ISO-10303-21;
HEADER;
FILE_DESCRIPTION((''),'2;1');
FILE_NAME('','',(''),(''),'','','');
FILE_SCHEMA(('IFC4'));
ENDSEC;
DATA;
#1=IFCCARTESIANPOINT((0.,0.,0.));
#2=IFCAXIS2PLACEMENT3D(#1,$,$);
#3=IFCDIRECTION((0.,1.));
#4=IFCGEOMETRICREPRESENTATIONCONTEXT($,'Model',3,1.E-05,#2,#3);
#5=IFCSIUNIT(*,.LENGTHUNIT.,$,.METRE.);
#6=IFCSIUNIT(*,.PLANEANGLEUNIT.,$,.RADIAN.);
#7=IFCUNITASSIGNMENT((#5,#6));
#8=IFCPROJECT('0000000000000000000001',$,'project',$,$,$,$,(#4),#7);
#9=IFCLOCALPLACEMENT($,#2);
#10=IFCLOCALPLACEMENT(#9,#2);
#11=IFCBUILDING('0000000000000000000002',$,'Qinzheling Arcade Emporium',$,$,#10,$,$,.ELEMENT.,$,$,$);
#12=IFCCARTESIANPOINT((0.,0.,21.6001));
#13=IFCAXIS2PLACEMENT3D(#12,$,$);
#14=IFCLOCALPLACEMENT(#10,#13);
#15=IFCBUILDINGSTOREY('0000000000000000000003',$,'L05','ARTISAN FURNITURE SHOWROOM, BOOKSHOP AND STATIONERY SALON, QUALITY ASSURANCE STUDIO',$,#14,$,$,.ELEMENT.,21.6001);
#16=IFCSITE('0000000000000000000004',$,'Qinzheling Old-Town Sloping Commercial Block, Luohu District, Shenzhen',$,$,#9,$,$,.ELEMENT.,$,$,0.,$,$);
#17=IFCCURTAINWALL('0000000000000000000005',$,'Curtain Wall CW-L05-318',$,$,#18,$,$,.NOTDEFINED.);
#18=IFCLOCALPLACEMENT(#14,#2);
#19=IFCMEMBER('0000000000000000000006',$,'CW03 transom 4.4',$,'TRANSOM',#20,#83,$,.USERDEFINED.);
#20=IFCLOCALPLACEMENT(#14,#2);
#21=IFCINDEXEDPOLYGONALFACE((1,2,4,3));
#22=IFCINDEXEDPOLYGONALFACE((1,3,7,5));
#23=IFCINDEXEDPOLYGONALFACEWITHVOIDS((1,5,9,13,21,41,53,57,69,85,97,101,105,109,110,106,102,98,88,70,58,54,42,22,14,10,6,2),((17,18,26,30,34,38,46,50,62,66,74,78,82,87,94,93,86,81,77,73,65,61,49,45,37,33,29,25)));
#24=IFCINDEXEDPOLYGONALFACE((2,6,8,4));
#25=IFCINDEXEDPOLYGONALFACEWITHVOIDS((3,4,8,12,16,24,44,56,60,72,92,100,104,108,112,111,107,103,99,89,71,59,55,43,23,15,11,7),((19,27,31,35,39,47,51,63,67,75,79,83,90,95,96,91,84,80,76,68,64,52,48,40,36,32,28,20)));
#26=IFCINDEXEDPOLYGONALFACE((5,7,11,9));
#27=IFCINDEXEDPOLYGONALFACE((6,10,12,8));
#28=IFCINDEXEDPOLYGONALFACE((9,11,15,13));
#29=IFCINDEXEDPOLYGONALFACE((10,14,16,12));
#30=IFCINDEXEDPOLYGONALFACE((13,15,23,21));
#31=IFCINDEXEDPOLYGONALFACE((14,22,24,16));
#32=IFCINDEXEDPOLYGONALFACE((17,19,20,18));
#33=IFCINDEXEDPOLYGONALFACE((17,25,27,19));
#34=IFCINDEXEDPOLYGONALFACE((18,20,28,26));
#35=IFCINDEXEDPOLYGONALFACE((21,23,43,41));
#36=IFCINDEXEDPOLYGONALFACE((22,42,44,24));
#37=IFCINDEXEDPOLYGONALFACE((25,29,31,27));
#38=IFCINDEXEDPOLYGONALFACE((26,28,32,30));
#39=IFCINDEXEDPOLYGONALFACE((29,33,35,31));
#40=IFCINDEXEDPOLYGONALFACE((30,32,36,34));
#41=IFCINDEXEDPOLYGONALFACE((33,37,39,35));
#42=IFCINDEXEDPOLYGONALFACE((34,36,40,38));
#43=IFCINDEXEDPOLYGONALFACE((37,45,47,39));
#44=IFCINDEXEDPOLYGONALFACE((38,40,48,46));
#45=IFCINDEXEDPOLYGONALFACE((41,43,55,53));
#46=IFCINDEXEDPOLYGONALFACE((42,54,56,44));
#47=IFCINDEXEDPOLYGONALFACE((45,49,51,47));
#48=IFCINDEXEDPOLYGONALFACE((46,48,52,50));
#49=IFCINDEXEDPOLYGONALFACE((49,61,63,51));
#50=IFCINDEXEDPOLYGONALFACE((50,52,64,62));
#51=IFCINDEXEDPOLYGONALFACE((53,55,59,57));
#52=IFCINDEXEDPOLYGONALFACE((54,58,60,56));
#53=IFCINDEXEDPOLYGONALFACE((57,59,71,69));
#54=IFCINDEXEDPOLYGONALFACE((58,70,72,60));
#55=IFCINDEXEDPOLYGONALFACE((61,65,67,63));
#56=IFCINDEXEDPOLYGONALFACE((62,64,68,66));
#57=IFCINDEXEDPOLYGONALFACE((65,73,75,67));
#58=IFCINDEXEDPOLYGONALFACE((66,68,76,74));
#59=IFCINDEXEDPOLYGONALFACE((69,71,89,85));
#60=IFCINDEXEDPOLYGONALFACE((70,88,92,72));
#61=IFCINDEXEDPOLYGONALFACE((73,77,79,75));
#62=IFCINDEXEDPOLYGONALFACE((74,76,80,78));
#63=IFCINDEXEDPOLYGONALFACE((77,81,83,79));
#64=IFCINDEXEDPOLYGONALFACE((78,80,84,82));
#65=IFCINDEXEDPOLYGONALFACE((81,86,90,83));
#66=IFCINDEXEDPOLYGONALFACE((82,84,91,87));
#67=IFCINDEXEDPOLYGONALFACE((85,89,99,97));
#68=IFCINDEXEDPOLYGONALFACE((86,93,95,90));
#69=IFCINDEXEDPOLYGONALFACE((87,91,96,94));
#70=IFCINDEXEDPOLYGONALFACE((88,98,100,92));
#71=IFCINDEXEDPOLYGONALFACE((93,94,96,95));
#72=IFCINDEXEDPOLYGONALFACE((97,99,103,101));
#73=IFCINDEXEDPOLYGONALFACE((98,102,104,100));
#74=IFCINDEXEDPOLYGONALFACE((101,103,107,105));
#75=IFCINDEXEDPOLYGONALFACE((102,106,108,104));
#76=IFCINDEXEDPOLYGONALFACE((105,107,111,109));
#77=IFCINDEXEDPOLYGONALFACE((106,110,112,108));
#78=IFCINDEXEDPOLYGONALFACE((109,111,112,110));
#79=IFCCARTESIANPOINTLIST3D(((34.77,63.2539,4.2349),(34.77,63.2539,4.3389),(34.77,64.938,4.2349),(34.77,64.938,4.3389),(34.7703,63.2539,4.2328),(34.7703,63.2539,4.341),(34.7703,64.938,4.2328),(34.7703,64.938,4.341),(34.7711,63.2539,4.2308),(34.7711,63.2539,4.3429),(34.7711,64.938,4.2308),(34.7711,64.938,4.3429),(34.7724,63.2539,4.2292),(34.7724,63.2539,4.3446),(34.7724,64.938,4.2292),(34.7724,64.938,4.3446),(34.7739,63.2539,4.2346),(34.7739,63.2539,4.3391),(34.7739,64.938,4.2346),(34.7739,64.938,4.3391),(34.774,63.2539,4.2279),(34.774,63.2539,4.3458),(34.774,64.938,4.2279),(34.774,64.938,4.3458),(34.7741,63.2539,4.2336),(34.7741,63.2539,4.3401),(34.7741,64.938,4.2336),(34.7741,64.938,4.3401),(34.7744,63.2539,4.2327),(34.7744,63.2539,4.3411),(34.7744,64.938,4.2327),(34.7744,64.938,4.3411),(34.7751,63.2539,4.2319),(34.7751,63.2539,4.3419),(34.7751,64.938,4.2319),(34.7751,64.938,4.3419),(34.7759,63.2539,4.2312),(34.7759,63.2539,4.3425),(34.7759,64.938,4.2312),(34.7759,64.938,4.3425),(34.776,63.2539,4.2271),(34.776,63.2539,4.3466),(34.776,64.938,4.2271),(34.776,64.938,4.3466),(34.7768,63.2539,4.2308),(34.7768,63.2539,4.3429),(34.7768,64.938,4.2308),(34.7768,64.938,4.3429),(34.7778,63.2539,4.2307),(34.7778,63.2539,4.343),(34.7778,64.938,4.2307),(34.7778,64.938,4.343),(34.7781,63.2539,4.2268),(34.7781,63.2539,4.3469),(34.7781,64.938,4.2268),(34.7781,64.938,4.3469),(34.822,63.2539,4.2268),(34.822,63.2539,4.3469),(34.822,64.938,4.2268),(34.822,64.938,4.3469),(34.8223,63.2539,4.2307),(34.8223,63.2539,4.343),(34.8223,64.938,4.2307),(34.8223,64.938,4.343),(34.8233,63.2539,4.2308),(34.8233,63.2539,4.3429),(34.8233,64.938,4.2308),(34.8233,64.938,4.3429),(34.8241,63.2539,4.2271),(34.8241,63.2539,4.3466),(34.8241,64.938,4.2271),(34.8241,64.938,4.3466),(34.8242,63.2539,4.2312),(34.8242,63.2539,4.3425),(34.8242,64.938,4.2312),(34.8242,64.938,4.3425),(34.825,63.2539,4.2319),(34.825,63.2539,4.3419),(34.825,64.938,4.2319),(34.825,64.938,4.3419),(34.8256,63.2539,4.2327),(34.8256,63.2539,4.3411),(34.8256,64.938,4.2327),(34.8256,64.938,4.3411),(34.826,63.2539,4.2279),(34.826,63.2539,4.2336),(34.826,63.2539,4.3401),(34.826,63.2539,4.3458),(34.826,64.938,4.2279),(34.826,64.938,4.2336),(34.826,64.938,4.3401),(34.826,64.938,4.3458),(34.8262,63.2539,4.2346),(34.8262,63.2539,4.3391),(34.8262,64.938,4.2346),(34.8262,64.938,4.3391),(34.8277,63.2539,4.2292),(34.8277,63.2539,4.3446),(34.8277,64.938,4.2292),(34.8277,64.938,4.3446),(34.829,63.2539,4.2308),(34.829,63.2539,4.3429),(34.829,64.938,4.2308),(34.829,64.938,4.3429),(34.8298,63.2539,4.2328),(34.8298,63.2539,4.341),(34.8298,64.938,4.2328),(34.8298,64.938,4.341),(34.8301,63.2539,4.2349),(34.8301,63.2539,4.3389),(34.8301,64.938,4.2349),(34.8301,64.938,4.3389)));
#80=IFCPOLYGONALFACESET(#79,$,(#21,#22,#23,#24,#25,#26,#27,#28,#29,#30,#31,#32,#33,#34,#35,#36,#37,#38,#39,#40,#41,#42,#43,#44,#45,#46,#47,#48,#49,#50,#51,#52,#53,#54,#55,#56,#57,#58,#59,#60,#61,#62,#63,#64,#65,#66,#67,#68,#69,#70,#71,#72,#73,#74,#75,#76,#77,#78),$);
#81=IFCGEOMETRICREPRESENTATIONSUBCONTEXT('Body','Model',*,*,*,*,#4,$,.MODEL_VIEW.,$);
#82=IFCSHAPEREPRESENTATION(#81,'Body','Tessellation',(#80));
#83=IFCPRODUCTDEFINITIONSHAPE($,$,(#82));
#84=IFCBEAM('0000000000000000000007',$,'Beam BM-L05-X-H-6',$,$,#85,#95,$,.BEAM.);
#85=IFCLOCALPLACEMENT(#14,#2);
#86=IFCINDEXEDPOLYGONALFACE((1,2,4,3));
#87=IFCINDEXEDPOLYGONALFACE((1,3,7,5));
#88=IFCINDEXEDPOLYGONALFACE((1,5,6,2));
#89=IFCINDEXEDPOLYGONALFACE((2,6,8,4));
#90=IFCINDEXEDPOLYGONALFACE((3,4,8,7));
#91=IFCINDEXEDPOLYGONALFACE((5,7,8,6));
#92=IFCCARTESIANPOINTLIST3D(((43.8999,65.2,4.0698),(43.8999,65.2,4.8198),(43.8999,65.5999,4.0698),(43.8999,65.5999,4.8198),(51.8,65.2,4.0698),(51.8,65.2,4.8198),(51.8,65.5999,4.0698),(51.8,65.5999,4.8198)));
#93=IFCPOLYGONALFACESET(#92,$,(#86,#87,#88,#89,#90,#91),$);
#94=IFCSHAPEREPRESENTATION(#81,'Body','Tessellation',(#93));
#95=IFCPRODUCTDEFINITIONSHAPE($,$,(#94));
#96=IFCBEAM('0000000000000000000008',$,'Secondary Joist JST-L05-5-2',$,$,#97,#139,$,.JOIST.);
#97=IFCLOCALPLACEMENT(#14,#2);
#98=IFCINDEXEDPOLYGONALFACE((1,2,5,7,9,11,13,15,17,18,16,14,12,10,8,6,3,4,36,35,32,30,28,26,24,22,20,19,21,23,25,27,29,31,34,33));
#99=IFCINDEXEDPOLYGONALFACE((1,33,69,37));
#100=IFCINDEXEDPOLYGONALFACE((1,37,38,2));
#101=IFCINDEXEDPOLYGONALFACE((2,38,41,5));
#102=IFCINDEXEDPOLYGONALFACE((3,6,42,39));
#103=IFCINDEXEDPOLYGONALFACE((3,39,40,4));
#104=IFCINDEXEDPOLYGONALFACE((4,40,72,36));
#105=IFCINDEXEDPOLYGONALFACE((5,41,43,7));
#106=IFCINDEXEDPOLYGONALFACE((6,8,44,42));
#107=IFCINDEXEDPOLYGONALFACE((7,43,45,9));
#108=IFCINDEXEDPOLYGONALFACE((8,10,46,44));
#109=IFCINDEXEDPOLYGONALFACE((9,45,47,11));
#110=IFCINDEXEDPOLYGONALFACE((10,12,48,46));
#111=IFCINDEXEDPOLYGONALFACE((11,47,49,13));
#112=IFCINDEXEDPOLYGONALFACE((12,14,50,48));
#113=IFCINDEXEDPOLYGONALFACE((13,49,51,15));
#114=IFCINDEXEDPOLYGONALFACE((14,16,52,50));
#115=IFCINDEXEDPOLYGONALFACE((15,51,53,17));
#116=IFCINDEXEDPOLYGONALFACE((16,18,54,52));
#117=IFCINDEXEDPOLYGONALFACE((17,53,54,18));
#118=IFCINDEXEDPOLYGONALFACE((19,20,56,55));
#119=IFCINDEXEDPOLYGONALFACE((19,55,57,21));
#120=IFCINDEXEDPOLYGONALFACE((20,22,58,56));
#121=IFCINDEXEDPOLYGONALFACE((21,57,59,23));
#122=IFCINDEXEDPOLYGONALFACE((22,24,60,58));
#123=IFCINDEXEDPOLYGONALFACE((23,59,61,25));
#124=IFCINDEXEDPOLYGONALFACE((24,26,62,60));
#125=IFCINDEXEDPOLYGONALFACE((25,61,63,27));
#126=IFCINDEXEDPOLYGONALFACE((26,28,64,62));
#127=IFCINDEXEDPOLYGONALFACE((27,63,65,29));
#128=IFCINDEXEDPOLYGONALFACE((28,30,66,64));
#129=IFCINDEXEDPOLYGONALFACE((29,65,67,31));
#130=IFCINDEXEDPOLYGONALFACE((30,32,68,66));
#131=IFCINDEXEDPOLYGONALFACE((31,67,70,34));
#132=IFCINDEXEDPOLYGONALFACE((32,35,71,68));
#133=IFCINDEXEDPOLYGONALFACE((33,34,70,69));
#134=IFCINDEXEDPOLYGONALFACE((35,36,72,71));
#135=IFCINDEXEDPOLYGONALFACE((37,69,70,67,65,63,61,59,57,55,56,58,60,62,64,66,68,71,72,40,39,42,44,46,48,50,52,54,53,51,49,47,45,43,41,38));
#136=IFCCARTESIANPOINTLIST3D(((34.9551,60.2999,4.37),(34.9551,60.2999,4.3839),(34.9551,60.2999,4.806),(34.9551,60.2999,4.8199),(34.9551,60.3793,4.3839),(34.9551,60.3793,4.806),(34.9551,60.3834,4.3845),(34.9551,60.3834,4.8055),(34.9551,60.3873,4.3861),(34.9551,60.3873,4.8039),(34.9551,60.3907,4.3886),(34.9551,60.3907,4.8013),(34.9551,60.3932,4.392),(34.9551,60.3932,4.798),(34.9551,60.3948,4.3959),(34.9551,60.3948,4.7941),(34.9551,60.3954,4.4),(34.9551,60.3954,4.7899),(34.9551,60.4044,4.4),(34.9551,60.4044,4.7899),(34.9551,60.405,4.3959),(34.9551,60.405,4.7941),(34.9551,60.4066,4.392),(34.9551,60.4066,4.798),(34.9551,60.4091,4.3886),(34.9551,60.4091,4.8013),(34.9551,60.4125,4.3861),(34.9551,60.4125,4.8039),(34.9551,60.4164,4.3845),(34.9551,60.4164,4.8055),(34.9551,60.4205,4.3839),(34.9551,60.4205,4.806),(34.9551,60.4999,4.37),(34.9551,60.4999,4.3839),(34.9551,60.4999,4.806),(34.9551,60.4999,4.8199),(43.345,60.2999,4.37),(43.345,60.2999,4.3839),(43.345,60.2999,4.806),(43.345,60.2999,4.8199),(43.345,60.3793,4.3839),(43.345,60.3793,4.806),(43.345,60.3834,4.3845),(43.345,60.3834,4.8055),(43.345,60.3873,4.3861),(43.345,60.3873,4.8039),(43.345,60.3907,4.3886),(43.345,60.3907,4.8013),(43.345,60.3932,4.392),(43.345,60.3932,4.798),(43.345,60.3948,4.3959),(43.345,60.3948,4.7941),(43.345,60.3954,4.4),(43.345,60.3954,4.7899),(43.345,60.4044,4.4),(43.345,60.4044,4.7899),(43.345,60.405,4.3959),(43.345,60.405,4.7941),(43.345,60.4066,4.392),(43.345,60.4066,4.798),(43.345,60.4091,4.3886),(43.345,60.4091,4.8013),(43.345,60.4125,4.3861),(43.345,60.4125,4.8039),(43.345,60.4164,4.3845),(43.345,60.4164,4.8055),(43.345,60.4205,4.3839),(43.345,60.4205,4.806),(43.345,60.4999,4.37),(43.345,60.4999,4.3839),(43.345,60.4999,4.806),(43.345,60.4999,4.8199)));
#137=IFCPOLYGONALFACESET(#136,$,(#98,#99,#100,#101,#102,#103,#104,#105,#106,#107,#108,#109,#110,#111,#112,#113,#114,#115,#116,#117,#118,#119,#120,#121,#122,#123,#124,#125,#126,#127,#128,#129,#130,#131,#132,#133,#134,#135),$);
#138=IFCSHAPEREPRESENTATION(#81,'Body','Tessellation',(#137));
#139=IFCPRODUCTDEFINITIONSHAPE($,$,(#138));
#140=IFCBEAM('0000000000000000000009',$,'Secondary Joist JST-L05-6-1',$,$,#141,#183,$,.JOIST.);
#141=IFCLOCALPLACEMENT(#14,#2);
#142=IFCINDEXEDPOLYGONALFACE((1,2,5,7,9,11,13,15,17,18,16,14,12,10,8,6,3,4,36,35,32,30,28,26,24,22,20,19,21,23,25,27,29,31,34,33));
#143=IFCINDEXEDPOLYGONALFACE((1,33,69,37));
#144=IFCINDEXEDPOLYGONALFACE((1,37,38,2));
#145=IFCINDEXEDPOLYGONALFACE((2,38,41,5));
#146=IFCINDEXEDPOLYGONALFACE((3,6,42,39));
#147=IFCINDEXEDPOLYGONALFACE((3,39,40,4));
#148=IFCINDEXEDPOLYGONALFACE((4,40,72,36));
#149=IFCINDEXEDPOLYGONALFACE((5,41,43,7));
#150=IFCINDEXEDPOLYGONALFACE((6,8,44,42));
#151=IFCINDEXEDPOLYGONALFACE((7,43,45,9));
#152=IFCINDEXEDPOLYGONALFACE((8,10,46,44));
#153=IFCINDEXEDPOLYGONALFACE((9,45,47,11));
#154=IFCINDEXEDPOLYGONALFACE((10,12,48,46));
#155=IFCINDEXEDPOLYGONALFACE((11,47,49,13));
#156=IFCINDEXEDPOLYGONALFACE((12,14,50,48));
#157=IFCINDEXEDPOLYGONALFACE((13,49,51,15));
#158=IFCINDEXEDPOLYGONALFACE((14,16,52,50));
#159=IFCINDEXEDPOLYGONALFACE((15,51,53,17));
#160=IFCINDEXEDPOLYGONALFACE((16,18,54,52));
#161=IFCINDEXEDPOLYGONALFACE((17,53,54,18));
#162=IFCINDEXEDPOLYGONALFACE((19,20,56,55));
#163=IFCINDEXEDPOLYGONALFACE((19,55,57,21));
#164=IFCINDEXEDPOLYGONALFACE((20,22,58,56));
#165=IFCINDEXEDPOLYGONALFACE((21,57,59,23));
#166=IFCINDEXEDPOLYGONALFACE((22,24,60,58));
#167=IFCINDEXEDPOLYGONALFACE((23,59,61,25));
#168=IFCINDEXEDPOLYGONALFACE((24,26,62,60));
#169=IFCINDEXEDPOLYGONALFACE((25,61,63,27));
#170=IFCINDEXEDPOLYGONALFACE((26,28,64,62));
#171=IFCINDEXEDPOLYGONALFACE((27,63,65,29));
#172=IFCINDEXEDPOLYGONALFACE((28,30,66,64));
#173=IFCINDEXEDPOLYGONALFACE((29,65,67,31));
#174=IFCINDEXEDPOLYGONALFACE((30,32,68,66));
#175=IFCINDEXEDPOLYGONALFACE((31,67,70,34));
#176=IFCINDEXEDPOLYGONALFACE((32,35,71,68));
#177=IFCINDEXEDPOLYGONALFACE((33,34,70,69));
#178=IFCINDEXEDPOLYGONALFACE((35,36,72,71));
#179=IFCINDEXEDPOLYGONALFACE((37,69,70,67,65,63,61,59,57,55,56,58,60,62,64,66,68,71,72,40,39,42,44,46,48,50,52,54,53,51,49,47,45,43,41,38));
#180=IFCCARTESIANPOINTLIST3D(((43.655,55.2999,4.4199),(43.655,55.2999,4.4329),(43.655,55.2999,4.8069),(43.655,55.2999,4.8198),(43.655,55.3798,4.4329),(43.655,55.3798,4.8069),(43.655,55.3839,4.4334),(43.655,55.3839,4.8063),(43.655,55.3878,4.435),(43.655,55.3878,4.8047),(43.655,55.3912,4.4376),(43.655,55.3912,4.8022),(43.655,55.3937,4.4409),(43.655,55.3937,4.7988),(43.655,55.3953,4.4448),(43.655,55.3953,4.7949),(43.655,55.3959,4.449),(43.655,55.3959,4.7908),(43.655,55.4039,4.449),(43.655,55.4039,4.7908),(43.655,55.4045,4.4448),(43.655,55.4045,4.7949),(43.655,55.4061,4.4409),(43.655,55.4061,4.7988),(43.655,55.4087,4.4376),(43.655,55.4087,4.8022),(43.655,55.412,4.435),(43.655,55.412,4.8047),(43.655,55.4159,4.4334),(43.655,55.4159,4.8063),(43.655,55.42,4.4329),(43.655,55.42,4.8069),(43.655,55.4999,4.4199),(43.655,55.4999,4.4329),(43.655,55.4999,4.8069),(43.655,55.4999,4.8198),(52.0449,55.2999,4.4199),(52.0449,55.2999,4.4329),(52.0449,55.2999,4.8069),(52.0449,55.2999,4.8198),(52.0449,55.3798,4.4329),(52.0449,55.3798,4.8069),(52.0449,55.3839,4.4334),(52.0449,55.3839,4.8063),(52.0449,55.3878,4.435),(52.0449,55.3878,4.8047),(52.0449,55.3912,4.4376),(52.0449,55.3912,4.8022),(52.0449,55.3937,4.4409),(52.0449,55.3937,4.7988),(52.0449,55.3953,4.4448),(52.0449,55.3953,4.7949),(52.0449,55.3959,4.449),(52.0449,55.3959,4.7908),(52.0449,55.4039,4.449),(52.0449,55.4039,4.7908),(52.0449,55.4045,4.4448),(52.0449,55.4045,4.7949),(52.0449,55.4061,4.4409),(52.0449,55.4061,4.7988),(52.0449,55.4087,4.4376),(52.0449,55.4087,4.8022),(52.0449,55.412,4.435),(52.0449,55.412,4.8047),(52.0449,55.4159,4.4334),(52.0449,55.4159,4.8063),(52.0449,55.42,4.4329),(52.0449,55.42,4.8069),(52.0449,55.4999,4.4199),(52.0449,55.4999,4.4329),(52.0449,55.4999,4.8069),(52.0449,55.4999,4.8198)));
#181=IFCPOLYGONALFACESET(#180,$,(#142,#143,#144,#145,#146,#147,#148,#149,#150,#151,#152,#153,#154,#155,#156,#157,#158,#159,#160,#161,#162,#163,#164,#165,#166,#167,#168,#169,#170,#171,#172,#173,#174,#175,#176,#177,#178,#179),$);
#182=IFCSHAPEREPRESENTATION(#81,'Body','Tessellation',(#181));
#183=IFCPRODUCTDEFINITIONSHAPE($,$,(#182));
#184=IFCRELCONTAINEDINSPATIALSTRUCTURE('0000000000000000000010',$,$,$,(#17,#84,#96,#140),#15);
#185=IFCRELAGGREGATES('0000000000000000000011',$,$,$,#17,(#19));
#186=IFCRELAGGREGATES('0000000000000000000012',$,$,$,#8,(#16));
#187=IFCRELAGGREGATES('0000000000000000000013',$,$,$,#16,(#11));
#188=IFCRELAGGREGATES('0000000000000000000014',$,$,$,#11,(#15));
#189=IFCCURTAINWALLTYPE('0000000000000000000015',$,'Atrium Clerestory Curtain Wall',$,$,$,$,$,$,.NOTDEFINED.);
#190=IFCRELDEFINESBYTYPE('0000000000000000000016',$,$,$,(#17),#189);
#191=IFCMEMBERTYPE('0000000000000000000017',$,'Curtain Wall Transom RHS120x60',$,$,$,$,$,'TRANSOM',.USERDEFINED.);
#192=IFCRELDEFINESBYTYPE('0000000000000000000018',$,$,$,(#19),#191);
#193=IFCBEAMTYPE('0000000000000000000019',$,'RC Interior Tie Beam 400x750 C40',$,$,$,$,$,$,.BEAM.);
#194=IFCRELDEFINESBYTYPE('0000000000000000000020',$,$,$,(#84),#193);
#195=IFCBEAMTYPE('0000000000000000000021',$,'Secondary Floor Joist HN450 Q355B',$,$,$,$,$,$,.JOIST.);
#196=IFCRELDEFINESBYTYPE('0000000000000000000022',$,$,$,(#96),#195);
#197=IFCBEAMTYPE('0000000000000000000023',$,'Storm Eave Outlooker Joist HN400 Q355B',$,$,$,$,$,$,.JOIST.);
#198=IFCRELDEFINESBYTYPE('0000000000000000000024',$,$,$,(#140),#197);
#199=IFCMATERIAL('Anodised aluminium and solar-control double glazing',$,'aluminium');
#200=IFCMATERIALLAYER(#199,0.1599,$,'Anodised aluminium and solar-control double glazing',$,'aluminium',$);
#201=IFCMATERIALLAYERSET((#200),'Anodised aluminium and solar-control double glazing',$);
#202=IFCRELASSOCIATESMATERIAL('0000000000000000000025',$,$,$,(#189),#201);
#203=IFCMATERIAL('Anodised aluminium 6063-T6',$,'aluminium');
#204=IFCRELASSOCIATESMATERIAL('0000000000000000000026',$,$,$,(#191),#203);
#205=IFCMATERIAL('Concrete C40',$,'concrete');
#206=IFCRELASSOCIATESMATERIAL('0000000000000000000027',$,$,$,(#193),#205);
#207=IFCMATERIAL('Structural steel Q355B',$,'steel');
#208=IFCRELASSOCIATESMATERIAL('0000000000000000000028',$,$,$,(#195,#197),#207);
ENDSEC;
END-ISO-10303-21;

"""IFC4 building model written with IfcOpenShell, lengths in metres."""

from ifc_helpers import new_model, si_unit, direction, frame, origin, origin_2d, place, context, subcontext, project, spatial, rectangle, hollow_rectangle, i_section, extrude, material, layer, layer_set, material_profile, profile_set, type_object, element, aggregate, save


model = new_model("IFC4")

# Units and contexts
model_context = context("Model", 3, precision=1e-05, world=origin(), true_north=direction((0.0, 1.0)))
body_context = subcontext(model_context, "Body", "Model", "MODEL_VIEW")
ifc_project = project(units=[si_unit("LENGTHUNIT", "METRE"), si_unit("PLANEANGLEUNIT", "RADIAN")], contexts=[model_context])

# Site, building, storey
site_placement = place(None, origin())
site = spatial("IfcSite", under=ifc_project, at=site_placement, Name="Qinzheling Old-Town Sloping Commercial Block, Luohu District, Shenzhen", CompositionType="ELEMENT", RefElevation=0.0)
building_placement = place(site_placement, origin())
building = spatial("IfcBuilding", under=site, at=building_placement, Name="Qinzheling Arcade Emporium", CompositionType="ELEMENT")
storey_placement = place(building_placement, frame((0.0, 0.0, 21.6001)))
storey = spatial("IfcBuildingStorey", under=building, at=storey_placement, Name="L05", Description="ARTISAN FURNITURE SHOWROOM, BOOKSHOP AND STATIONERY SALON, QUALITY ASSURANCE STUDIO", CompositionType="ELEMENT", Elevation=21.6001)

# Shared definitions
ifc_material_1 = material(Name="Concrete C40", Category="concrete")

# Shared definitions
ifc_material_2 = material(Name="Structural steel Q355B", Category="steel")

# Curtain wall, member
ifc_material_3 = material(Name="Anodised aluminium and solar-control double glazing", Category="aluminium")
ifc_layer_1 = layer(ifc_material_3, 0.1599, Name="Anodised aluminium and solar-control double glazing", Category="aluminium")
ifc_layer_set_1 = layer_set([ifc_layer_1], Name="Anodised aluminium and solar-control double glazing")
curtain_wall_type = type_object("IfcCurtainWallType", Name="Atrium Clerestory Curtain Wall", PredefinedType="NOTDEFINED", material=ifc_layer_set_1)
curtain_wall_placement = place(storey_placement, origin())
curtain_wall = element("IfcCurtainWall", 1, at=curtain_wall_placement, inside=storey, type_object=curtain_wall_type, Name="Curtain Wall CW-L05-318", PredefinedType="NOTDEFINED")
ifc_material_4 = material(Name="Anodised aluminium 6063-T6", Category="aluminium")
ifc_material_profile_1 = material_profile(ifc_material_4, hollow_rectangle(XDim=0.0601, YDim=0.1201, WallThickness=0.0039, InnerFilletRadius=0.0039, OuterFilletRadius=0.0081, at=origin_2d()), Name="RHS 120x60x4", Category="aluminium")
ifc_profile_set_1 = profile_set([ifc_material_profile_1], Name="Anodised aluminium 6063-T6")
member_type = type_object("IfcMemberType", Name="Curtain Wall Transom RHS120x60", ElementType="TRANSOM", PredefinedType="USERDEFINED", material=ifc_profile_set_1)
member_1_placement = place(storey_placement, frame((34.8, 63.2539, 4.2869), z_axis=(0.0, 1.0, 0.0), x_axis=(-1.0, 0.0, 0.0)))
member_1 = element("IfcMember", 2, at=member_1_placement, type_object=member_type, Name="CW03 transom 4.4", ObjectType="TRANSOM", PredefinedType="USERDEFINED", context=body_context, shape_type="SweptSolid", body=[
    extrude(hollow_rectangle(XDim=0.0601, YDim=0.1201, WallThickness=0.0039, InnerFilletRadius=0.0039, OuterFilletRadius=0.0081, at=origin_2d()), origin(), (0.0, 0.0, 1.0), 1.6841),
])

# Beams
ifc_material_profile_2 = material_profile(ifc_material_1, rectangle(XDim=0.3999, YDim=0.75, at=origin_2d()), Name="RC 400x750", Category="concrete")
ifc_profile_set_2 = profile_set([ifc_material_profile_2], Name="Concrete C40")
beam_type_1 = type_object("IfcBeamType", Name="RC Interior Tie Beam 400x750 C40", PredefinedType="BEAM", material=ifc_profile_set_2)
beam_1_placement = place(storey_placement, frame((43.8999, 65.3999, 4.4448), z_axis=(1.0, 0.0, 0.0), x_axis=(0.0, 1.0, 0.0)))
element("IfcBeam", 3, at=beam_1_placement, inside=storey, type_object=beam_type_1, Name="Beam BM-L05-X-H-6", PredefinedType="BEAM", context=body_context, shape_type="SweptSolid", body=[
    extrude(rectangle(XDim=0.3999, YDim=0.75, at=origin_2d()), origin(), (0.0, 0.0, 1.0), 7.9001),
])
ifc_material_profile_3 = material_profile(ifc_material_2, i_section(OverallWidth=0.2, OverallDepth=0.45, WebThickness=0.009, FlangeThickness=0.0139, FilletRadius=0.0161, at=origin_2d()), Name="HN 450x200x9x14", Category="steel")
ifc_profile_set_3 = profile_set([ifc_material_profile_3], Name="Structural steel Q355B")
beam_type_2 = type_object("IfcBeamType", Name="Secondary Floor Joist HN450 Q355B", PredefinedType="JOIST", material=ifc_profile_set_3)
beam_2_placement = place(storey_placement, frame((34.9551, 60.3999, 4.595), z_axis=(1.0, 0.0, 0.0), x_axis=(0.0, 1.0, 0.0)))
element("IfcBeam", 4, at=beam_2_placement, inside=storey, type_object=beam_type_2, Name="Secondary Joist JST-L05-5-2", PredefinedType="JOIST", context=body_context, shape_type="SweptSolid", body=[
    extrude(i_section(OverallWidth=0.2, OverallDepth=0.45, WebThickness=0.009, FlangeThickness=0.0139, FilletRadius=0.0161, at=origin_2d()), origin(), (0.0, 0.0, 1.0), 8.3899),
])
ifc_material_profile_4 = material_profile(ifc_material_2, i_section(OverallWidth=0.2, OverallDepth=0.3999, WebThickness=0.0081, FlangeThickness=0.0129, FilletRadius=0.0161, at=origin_2d()), Name="HN 400x200x8x13", Category="steel")
ifc_profile_set_4 = profile_set([ifc_material_profile_4], Name="Structural steel Q355B")
beam_type_3 = type_object("IfcBeamType", Name="Storm Eave Outlooker Joist HN400 Q355B", PredefinedType="JOIST", material=ifc_profile_set_4)
beam_3_placement = place(storey_placement, frame((43.655, 55.3999, 4.6199), z_axis=(1.0, 0.0, 0.0), x_axis=(0.0, 1.0, 0.0)))
element("IfcBeam", 5, at=beam_3_placement, inside=storey, type_object=beam_type_3, Name="Secondary Joist JST-L05-6-1", PredefinedType="JOIST", context=body_context, shape_type="SweptSolid", body=[
    extrude(i_section(OverallWidth=0.2, OverallDepth=0.3999, WebThickness=0.0081, FlangeThickness=0.0129, FilletRadius=0.0161, at=origin_2d()), origin(), (0.0, 0.0, 1.0), 8.3899),
])

aggregate(curtain_wall, [member_1])

save(model, "model.ifc")
